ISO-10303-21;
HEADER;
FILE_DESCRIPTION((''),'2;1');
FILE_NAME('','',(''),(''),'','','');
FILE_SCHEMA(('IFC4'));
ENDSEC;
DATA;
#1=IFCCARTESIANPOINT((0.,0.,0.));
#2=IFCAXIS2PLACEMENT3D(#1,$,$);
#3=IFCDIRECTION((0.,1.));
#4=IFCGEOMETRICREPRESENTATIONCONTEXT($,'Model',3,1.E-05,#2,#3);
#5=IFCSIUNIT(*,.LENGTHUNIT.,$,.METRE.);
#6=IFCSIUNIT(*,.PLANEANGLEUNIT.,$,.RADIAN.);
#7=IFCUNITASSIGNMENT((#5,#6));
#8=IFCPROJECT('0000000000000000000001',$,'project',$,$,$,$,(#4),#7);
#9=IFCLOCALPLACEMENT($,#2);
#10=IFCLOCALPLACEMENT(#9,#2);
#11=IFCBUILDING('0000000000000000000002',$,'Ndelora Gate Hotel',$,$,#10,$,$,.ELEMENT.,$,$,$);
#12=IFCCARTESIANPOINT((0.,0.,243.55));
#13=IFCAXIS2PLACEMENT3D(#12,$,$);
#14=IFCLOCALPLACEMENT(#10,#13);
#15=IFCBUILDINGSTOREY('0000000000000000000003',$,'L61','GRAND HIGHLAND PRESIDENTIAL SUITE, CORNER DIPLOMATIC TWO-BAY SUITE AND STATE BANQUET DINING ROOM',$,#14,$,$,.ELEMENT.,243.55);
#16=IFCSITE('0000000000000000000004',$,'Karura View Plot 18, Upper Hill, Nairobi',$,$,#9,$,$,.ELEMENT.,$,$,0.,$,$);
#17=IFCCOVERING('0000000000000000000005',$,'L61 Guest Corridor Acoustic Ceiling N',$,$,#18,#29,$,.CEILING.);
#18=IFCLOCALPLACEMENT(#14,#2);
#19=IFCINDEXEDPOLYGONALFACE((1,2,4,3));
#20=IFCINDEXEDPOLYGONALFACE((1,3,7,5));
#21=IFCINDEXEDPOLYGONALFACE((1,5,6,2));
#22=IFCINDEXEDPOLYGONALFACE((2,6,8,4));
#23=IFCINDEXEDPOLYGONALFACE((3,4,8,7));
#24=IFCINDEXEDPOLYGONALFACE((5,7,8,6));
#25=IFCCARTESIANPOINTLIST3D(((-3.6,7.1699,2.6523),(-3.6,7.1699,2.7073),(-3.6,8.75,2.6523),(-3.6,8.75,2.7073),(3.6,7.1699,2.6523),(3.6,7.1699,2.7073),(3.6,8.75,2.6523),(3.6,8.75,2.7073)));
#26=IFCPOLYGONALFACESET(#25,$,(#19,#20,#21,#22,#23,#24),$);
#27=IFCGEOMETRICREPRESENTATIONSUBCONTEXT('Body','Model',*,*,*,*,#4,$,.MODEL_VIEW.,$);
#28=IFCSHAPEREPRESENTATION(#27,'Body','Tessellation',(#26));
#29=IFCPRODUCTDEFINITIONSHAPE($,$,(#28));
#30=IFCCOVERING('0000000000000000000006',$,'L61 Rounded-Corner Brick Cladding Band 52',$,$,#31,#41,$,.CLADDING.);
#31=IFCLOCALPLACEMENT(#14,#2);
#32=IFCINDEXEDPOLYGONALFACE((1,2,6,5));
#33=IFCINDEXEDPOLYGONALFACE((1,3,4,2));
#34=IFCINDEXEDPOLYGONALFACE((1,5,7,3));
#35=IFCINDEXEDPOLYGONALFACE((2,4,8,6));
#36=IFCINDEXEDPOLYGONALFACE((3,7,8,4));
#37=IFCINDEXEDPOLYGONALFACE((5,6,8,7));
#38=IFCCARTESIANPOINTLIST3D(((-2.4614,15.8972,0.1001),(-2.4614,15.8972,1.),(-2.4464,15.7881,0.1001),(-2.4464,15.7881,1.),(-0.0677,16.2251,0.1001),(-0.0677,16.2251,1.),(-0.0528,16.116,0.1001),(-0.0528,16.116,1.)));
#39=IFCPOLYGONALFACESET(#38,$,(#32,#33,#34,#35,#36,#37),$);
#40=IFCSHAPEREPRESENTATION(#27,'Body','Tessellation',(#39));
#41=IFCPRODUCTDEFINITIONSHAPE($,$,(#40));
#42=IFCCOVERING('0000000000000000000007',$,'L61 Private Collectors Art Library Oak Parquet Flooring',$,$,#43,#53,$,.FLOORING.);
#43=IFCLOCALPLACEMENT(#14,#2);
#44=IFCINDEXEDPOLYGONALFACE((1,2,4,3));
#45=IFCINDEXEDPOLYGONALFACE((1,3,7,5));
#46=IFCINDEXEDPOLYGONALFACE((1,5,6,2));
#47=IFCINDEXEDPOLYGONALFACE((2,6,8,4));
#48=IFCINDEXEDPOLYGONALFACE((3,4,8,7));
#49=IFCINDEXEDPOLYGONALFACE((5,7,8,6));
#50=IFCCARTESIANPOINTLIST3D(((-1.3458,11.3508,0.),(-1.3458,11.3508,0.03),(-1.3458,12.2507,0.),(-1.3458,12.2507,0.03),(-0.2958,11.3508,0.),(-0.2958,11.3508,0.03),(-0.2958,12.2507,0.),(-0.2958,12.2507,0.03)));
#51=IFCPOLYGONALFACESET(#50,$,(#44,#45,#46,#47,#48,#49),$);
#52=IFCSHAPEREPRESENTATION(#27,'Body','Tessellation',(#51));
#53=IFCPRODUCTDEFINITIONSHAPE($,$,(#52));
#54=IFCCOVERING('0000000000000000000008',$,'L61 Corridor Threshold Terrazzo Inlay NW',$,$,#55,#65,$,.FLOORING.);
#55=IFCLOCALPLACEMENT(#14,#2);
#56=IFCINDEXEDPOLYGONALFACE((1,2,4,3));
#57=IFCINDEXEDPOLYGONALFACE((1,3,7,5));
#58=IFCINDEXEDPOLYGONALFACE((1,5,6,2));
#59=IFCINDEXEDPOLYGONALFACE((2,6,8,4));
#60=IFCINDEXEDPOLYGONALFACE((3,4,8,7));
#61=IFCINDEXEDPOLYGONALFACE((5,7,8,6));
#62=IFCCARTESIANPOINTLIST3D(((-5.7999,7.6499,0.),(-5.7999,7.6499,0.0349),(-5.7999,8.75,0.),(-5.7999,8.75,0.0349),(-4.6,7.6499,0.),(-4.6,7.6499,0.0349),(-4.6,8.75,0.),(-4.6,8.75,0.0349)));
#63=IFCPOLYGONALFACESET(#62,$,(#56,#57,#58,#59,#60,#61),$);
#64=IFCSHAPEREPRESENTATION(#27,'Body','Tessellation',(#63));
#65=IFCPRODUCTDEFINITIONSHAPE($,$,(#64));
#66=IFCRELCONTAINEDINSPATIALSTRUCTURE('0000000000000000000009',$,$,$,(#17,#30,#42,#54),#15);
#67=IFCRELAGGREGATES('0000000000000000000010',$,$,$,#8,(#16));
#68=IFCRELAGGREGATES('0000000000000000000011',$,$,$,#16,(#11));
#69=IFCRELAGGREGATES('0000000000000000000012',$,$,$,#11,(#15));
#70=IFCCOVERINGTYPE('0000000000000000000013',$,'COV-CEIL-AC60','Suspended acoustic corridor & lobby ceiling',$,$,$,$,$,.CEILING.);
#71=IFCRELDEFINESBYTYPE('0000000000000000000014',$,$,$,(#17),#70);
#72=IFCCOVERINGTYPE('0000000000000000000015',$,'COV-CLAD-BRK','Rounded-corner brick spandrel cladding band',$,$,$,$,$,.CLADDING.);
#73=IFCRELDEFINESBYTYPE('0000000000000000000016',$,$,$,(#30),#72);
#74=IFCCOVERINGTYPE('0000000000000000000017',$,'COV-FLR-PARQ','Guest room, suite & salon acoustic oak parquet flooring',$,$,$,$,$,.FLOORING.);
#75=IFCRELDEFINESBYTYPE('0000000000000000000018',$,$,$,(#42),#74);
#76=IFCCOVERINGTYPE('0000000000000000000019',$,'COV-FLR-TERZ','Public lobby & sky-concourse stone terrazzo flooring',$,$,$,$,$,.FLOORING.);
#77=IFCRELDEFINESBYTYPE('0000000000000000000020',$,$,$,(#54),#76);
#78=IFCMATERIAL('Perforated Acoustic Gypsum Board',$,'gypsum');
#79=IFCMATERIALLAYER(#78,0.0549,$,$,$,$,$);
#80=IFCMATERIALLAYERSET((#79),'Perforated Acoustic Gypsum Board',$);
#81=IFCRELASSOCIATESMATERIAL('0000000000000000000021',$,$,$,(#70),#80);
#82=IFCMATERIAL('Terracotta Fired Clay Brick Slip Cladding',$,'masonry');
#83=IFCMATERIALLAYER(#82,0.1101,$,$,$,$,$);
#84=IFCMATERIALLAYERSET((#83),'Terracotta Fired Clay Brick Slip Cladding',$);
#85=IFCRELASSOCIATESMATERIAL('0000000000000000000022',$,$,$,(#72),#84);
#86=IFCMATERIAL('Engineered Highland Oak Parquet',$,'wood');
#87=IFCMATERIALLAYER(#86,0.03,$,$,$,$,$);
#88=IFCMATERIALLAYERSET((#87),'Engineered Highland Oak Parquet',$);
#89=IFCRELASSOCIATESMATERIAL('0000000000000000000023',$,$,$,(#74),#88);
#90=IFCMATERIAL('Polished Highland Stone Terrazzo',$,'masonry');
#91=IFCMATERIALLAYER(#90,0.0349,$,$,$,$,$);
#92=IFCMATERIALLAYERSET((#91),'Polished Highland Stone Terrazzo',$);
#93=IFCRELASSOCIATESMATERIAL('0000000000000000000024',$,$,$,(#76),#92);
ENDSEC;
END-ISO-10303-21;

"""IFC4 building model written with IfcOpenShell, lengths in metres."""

from ifc_helpers import new_model, si_unit, direction, frame, origin, origin_2d, place, context, subcontext, project, spatial, rectangle, extrude, material, layer, layer_set, type_object, element, save


model = new_model("IFC4")

# Units and contexts
model_context = context("Model", 3, precision=1e-05, world=origin(), true_north=direction((0.0, 1.0)))
body_context = subcontext(model_context, "Body", "Model", "MODEL_VIEW")
ifc_project = project(units=[si_unit("LENGTHUNIT", "METRE"), si_unit("PLANEANGLEUNIT", "RADIAN")], contexts=[model_context])

# Site, building, storey
site_placement = place(None, origin())
site = spatial("IfcSite", under=ifc_project, at=site_placement, Name="Karura View Plot 18, Upper Hill, Nairobi", CompositionType="ELEMENT", RefElevation=0.0)
building_placement = place(site_placement, origin())
building = spatial("IfcBuilding", under=site, at=building_placement, Name="Ndelora Gate Hotel", CompositionType="ELEMENT")
storey_placement = place(building_placement, frame((0.0, 0.0, 243.55)))
storey = spatial("IfcBuildingStorey", under=building, at=storey_placement, Name="L61", Description="GRAND HIGHLAND PRESIDENTIAL SUITE, CORNER DIPLOMATIC TWO-BAY SUITE AND STATE BANQUET DINING ROOM", CompositionType="ELEMENT", Elevation=243.55)

# Coverings
ifc_material_1 = material(Name="Perforated Acoustic Gypsum Board", Category="gypsum")
ifc_layer_1 = layer(ifc_material_1, 0.0549)
ifc_layer_set_1 = layer_set([ifc_layer_1], Name="Perforated Acoustic Gypsum Board")
covering_type_1 = type_object("IfcCoveringType", Name="COV-CEIL-AC60", Description="Suspended acoustic corridor & lobby ceiling", PredefinedType="CEILING", material=ifc_layer_set_1)
covering_1_placement = place(storey_placement, frame((0.0, 7.96, 2.6523), z_axis=(0.0, 0.0, 1.0), x_axis=(1.0, 0.0, 0.0)))
element("IfcCovering", 1, at=covering_1_placement, inside=storey, type_object=covering_type_1, Name="L61 Guest Corridor Acoustic Ceiling N", PredefinedType="CEILING", context=body_context, shape_type="SweptSolid", body=[
    extrude(rectangle(XDim=7.2, YDim=1.5801, at=origin_2d()), origin(), (0.0, 0.0, 1.0), 0.0549),
])
ifc_material_2 = material(Name="Terracotta Fired Clay Brick Slip Cladding", Category="masonry")
ifc_layer_2 = layer(ifc_material_2, 0.1101)
ifc_layer_set_2 = layer_set([ifc_layer_2], Name="Terracotta Fired Clay Brick Slip Cladding")
covering_type_2 = type_object("IfcCoveringType", Name="COV-CLAD-BRK", Description="Rounded-corner brick spandrel cladding band", PredefinedType="CLADDING", material=ifc_layer_set_2)
covering_2_placement = place(storey_placement, frame((-1.2571, 16.0066, 0.1001), z_axis=(0.0, 0.0, 1.0), x_axis=(0.990748, 0.135716, 0.0)))
element("IfcCovering", 2, at=covering_2_placement, inside=storey, type_object=covering_type_2, Name="L61 Rounded-Corner Brick Cladding Band 52", PredefinedType="CLADDING", context=body_context, shape_type="SweptSolid", body=[
    extrude(rectangle(XDim=2.416, YDim=0.1101, at=origin_2d()), origin(), (0.0, 0.0, 1.0), 0.8999),
])
ifc_material_3 = material(Name="Engineered Highland Oak Parquet", Category="wood")
ifc_layer_3 = layer(ifc_material_3, 0.03)
ifc_layer_set_3 = layer_set([ifc_layer_3], Name="Engineered Highland Oak Parquet")
covering_type_3 = type_object("IfcCoveringType", Name="COV-FLR-PARQ", Description="Guest room, suite & salon acoustic oak parquet flooring", PredefinedType="FLOORING", material=ifc_layer_set_3)
covering_3_placement = place(storey_placement, frame((-0.8208, 11.8008, 0.0), z_axis=(0.0, 0.0, 1.0), x_axis=(1.0, 0.0, 0.0)))
element("IfcCovering", 3, at=covering_3_placement, inside=storey, type_object=covering_type_3, Name="L61 Private Collectors Art Library Oak Parquet Flooring", PredefinedType="FLOORING", context=body_context, shape_type="SweptSolid", body=[
    extrude(rectangle(XDim=1.05, YDim=0.8999, at=origin_2d()), origin(), (0.0, 0.0, 1.0), 0.03),
])
ifc_material_4 = material(Name="Polished Highland Stone Terrazzo", Category="masonry")
ifc_layer_4 = layer(ifc_material_4, 0.0349)
ifc_layer_set_4 = layer_set([ifc_layer_4], Name="Polished Highland Stone Terrazzo")
covering_type_4 = type_object("IfcCoveringType", Name="COV-FLR-TERZ", Description="Public lobby & sky-concourse stone terrazzo flooring", PredefinedType="FLOORING", material=ifc_layer_set_4)
covering_4_placement = place(storey_placement, frame((-5.2, 8.2, 0.0), z_axis=(0.0, 0.0, 1.0), x_axis=(1.0, 0.0, 0.0)))
element("IfcCovering", 4, at=covering_4_placement, inside=storey, type_object=covering_type_4, Name="L61 Corridor Threshold Terrazzo Inlay NW", PredefinedType="FLOORING", context=body_context, shape_type="SweptSolid", body=[
    extrude(rectangle(XDim=1.2, YDim=1.1001, at=origin_2d()), origin(), (0.0, 0.0, 1.0), 0.0349),
])

save(model, "model.ifc")
